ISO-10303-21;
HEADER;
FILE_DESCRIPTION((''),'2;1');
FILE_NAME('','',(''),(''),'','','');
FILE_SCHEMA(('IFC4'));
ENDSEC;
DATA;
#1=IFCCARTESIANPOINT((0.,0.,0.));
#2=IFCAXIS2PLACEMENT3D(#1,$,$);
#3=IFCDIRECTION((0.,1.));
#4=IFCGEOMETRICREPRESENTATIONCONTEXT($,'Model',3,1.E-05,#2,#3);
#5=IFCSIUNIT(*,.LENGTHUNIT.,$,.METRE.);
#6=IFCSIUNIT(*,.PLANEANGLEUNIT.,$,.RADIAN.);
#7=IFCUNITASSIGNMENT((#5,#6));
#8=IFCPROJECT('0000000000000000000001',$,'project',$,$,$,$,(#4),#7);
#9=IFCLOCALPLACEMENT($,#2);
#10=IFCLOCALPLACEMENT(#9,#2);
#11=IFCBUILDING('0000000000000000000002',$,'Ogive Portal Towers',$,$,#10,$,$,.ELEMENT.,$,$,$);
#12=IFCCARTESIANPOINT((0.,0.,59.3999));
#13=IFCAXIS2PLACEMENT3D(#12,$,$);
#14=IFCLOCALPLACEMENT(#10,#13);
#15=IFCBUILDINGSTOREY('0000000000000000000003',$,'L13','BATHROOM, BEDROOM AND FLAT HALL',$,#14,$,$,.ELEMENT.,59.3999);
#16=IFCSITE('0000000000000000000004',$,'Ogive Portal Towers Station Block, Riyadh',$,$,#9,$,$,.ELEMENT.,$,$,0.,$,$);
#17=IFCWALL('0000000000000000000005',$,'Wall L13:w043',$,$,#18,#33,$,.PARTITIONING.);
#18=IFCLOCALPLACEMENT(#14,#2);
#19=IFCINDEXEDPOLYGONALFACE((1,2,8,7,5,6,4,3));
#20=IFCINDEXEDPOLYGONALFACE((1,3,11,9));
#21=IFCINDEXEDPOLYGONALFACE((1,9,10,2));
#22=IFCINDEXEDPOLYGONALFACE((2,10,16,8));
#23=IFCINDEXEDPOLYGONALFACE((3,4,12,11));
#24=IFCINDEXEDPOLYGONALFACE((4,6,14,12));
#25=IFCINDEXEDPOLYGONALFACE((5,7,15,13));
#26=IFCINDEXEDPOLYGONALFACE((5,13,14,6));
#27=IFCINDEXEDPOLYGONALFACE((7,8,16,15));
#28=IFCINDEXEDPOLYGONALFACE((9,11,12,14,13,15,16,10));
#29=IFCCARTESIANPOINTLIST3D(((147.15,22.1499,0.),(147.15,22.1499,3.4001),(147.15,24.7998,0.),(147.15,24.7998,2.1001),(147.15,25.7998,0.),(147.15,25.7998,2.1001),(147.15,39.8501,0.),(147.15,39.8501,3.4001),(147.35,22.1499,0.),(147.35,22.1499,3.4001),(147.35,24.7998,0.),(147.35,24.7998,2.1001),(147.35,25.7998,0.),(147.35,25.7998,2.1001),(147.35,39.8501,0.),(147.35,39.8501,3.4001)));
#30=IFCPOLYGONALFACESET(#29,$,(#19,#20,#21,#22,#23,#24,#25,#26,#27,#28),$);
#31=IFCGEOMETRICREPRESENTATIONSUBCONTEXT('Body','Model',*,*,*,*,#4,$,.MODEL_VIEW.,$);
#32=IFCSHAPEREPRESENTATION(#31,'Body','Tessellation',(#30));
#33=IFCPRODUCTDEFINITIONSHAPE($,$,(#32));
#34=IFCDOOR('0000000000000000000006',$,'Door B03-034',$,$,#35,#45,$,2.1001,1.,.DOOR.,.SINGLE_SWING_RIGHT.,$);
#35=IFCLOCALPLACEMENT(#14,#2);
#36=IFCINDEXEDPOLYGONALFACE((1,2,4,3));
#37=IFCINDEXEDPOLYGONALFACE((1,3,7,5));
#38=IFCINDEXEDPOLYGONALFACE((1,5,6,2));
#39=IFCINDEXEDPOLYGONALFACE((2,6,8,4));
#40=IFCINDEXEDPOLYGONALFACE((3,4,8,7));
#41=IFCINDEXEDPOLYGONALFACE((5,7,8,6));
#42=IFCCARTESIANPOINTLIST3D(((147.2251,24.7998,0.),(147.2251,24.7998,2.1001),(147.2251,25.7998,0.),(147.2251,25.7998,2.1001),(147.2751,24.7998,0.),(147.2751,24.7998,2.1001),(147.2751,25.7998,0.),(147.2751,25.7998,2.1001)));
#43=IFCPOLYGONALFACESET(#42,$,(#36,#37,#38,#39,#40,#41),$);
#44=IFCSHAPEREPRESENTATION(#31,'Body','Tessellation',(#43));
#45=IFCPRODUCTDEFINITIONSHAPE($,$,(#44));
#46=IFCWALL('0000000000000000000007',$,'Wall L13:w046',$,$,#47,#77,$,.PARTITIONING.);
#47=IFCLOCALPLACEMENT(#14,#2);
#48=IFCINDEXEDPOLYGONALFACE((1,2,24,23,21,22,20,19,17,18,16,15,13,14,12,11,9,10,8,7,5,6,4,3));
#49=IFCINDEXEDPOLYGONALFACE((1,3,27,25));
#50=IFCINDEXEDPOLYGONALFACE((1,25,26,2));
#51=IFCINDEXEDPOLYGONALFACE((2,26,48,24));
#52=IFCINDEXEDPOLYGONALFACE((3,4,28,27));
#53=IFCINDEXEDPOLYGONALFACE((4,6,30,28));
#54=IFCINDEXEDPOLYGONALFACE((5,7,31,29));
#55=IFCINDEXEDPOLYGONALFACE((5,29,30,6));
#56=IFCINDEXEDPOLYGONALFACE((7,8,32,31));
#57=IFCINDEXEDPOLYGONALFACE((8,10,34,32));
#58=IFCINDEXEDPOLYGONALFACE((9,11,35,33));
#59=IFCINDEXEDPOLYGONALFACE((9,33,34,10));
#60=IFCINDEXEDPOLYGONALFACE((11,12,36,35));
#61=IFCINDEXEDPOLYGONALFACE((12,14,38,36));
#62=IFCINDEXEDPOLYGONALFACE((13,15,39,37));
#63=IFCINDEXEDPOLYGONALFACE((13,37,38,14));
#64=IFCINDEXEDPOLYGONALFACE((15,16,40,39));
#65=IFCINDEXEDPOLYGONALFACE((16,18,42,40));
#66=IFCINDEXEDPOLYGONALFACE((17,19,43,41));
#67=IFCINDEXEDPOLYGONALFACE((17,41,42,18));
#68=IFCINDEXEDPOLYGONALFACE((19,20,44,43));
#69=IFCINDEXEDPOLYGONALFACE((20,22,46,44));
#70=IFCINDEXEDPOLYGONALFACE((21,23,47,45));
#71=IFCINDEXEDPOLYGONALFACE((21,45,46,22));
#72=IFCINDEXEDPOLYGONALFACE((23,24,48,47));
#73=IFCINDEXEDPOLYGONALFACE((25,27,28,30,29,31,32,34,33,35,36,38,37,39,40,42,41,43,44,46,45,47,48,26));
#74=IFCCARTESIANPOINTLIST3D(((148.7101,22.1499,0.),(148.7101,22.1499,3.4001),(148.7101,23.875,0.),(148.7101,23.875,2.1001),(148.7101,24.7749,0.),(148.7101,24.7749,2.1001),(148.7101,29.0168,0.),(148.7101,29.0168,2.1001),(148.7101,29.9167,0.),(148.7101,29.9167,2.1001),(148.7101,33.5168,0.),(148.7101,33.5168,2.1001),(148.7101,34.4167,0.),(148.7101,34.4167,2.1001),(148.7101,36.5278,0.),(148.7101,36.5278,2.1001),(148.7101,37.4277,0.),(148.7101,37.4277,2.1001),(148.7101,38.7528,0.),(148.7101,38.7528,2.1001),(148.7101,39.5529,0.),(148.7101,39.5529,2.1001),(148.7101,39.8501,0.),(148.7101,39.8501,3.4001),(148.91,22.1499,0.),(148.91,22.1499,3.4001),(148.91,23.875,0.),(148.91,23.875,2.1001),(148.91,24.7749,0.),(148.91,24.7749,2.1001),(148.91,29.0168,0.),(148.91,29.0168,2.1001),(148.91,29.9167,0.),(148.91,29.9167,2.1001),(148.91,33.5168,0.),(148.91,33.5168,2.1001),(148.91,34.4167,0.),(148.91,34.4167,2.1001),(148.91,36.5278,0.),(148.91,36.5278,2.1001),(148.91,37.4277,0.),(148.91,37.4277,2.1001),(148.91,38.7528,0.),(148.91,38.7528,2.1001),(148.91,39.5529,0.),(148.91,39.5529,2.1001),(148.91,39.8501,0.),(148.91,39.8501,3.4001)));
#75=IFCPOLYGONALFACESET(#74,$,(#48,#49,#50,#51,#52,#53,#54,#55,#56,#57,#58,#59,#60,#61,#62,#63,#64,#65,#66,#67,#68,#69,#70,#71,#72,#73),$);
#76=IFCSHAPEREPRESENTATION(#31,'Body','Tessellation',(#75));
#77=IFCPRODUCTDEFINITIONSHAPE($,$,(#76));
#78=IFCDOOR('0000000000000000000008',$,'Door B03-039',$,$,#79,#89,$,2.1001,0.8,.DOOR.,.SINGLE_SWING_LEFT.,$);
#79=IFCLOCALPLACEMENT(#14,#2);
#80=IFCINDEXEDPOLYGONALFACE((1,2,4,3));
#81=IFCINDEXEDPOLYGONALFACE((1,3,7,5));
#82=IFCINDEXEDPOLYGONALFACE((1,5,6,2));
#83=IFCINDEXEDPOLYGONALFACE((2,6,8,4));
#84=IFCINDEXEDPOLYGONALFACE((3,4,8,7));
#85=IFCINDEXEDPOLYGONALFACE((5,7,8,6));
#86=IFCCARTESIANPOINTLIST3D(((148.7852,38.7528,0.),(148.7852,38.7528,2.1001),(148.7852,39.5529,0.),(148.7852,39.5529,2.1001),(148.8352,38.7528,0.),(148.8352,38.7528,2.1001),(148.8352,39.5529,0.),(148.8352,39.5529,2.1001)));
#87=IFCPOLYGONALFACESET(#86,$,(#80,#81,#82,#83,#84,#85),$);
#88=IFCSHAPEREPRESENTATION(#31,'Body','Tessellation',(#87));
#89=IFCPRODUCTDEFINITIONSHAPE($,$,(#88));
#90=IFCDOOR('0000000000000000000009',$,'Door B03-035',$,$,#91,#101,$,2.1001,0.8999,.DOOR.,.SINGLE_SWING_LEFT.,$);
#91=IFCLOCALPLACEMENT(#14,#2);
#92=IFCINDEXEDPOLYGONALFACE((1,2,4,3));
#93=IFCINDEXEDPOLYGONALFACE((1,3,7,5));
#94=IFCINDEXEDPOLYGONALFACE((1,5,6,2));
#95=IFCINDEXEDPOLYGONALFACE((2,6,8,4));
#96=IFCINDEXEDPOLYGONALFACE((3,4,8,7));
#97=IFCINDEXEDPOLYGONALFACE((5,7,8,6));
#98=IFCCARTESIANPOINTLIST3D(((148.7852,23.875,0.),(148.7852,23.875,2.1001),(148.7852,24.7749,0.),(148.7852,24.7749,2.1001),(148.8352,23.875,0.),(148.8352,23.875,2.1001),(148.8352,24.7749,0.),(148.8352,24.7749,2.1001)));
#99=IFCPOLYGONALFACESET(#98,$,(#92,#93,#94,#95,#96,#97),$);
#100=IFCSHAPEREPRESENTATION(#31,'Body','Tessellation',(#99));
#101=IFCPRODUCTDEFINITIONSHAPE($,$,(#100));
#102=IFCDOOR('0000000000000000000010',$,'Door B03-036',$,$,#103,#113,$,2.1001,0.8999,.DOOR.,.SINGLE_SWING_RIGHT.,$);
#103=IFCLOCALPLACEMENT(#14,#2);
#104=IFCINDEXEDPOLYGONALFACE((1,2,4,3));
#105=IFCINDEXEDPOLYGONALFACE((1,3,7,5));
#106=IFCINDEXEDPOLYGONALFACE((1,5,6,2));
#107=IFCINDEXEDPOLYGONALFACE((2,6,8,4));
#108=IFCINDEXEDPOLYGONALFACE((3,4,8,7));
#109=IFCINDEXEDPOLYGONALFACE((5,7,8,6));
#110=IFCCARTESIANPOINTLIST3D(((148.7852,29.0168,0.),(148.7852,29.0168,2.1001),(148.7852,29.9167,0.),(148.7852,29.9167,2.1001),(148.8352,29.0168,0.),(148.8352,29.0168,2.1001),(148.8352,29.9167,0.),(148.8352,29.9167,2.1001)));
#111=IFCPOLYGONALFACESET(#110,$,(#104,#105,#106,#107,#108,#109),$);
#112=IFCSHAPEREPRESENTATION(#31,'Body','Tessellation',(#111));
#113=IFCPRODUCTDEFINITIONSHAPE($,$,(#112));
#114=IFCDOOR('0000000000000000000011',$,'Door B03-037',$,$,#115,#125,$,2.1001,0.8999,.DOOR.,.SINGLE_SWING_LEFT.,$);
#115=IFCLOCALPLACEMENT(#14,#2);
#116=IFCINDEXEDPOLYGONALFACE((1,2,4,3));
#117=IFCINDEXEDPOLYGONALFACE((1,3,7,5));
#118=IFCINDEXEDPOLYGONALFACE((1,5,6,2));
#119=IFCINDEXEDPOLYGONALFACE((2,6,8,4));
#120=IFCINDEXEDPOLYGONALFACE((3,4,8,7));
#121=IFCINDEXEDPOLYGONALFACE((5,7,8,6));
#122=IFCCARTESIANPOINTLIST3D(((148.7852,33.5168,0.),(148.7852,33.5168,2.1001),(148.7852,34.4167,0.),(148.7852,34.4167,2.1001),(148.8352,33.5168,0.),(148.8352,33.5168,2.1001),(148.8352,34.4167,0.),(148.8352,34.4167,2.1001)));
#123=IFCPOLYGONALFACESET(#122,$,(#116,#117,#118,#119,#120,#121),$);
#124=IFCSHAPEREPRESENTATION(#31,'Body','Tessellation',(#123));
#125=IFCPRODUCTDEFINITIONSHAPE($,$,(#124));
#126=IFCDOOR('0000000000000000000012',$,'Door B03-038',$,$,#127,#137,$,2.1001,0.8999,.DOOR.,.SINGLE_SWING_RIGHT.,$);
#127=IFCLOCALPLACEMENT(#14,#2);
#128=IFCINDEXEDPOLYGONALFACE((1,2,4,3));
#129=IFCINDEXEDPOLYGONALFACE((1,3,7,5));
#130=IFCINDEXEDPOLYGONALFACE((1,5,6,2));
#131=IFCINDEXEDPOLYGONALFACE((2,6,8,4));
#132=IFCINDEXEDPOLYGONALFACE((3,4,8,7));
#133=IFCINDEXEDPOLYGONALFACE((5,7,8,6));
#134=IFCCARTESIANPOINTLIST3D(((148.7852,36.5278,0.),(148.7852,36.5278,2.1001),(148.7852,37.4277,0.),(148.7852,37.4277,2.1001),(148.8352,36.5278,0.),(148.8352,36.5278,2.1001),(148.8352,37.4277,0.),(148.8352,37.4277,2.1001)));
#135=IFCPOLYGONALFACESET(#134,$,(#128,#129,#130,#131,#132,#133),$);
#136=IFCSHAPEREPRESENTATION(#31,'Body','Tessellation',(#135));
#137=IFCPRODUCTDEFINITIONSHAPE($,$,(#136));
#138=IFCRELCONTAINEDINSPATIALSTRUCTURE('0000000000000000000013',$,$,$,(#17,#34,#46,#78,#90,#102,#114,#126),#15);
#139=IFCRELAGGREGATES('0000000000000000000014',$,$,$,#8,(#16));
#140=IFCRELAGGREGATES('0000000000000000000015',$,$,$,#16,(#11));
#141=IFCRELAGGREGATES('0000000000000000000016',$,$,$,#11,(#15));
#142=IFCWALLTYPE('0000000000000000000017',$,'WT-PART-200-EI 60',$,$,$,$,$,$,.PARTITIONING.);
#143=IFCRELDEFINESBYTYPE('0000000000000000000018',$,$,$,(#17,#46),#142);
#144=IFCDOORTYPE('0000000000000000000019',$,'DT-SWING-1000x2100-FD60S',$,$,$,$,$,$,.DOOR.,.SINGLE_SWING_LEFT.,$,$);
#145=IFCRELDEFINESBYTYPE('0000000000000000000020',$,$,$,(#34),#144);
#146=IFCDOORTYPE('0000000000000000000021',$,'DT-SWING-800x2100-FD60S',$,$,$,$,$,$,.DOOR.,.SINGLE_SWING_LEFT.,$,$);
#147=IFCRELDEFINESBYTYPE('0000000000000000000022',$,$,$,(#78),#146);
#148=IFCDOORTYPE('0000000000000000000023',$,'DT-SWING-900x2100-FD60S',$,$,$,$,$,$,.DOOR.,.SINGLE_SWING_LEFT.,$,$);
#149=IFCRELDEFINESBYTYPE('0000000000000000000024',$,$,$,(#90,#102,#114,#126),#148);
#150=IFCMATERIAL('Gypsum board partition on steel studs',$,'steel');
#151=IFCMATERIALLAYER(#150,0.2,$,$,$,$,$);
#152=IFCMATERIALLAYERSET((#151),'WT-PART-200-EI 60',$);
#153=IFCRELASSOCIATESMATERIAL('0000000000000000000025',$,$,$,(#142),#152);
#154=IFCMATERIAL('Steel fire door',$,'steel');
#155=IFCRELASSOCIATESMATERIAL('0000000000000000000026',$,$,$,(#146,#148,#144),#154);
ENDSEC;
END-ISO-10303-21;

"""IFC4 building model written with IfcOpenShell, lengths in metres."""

from ifc_helpers import new_model, si_unit, direction, frame, frame_2d, origin, place, context, subcontext, project, spatial, rectangle, extrude, material, layer, layer_set, type_object, element, fill, save


model = new_model("IFC4")

# Units and contexts
model_context = context("Model", 3, precision=1e-05, world=origin(), true_north=direction((0.0, 1.0)))
body_context = subcontext(model_context, "Body", "Model", "MODEL_VIEW")
ifc_project = project(units=[si_unit("LENGTHUNIT", "METRE"), si_unit("PLANEANGLEUNIT", "RADIAN")], contexts=[model_context])

# Site, building, storey
site_placement = place(None, origin())
site = spatial("IfcSite", under=ifc_project, at=site_placement, Name="Ogive Portal Towers Station Block, Riyadh", CompositionType="ELEMENT", RefElevation=0.0)
building_placement = place(site_placement, origin())
building = spatial("IfcBuilding", under=site, at=building_placement, Name="Ogive Portal Towers", CompositionType="ELEMENT")
storey_placement = place(building_placement, frame((0.0, 0.0, 59.3999)))
storey = spatial("IfcBuildingStorey", under=building, at=storey_placement, Name="L13", Description="BATHROOM, BEDROOM AND FLAT HALL", CompositionType="ELEMENT", Elevation=59.3999)

# Shared definitions
ifc_material_1 = material(Name="Gypsum board partition on steel studs", Category="steel")
ifc_layer_1 = layer(ifc_material_1, 0.2)
ifc_layer_set_1 = layer_set([ifc_layer_1], Name="WT-PART-200-EI 60")
wall_type_1 = type_object("IfcWallType", Name="WT-PART-200-EI 60", PredefinedType="PARTITIONING", material=ifc_layer_set_1)
ifc_material_2 = material(Name="Steel fire door", Category="steel")
door_type_1 = type_object("IfcDoorType", Name="DT-SWING-800x2100-FD60S", OperationType="SINGLE_SWING_LEFT", PredefinedType="DOOR", material=ifc_material_2)
door_type_2 = type_object("IfcDoorType", Name="DT-SWING-900x2100-FD60S", OperationType="SINGLE_SWING_LEFT", PredefinedType="DOOR", material=ifc_material_2)

# Wall, opening, door
wall_1_placement = place(storey_placement, frame((147.25, 22.1499, 0.0), z_axis=(0.0, 0.0, 1.0), x_axis=(0.0, 1.0, 0.0)))
wall_1 = element("IfcWall", 1, at=wall_1_placement, inside=storey, type_object=wall_type_1, Name="Wall L13:w043", PredefinedType="PARTITIONING", context=body_context, shape_type="SweptSolid", body=[
    extrude(rectangle(XDim=17.7002, YDim=0.2, at=frame_2d((8.8501, 0.0))), origin(), (0.0, 0.0, 1.0), 3.4001),
])
opening_1_placement = place(wall_1_placement, frame((2.6499, 0.0, 0.0)))
opening_1 = element("IfcOpeningElement", 2, at=opening_1_placement, cuts=wall_1, PredefinedType="OPENING", context=body_context, shape_type="SweptSolid", body=[
    extrude(rectangle(XDim=1.0, YDim=2.1001, at=frame_2d((0.5, 1.05))), frame((0.0, 0.1099, 0.0), z_axis=(0.0, -1.0, 0.0), x_axis=(1.0, 0.0, 0.0)), (0.0, 0.0, 1.0), 0.22),
])
door_type_3 = type_object("IfcDoorType", Name="DT-SWING-1000x2100-FD60S", OperationType="SINGLE_SWING_LEFT", PredefinedType="DOOR", material=ifc_material_2)
door_1_placement = place(opening_1_placement, origin())
door_1 = element("IfcDoor", 3, at=door_1_placement, inside=storey, type_object=door_type_3, Name="Door B03-034", OperationType="SINGLE_SWING_RIGHT", OverallHeight=2.1001, OverallWidth=1.0, PredefinedType="DOOR", context=body_context, shape_type="SweptSolid", body=[
    extrude(rectangle(XDim=1.0, YDim=2.1001, at=frame_2d((0.5, 1.05))), frame((0.0, 0.0249, 0.0), z_axis=(0.0, -1.0, 0.0), x_axis=(1.0, 0.0, 0.0)), (0.0, 0.0, 1.0), 0.05),
])
fill(opening_1, door_1)

# Wall, openings, doors
wall_2_placement = place(storey_placement, frame((148.8101, 22.1499, 0.0), z_axis=(0.0, 0.0, 1.0), x_axis=(0.0, 1.0, 0.0)))
wall_2 = element("IfcWall", 4, at=wall_2_placement, inside=storey, type_object=wall_type_1, Name="Wall L13:w046", PredefinedType="PARTITIONING", context=body_context, shape_type="SweptSolid", body=[
    extrude(rectangle(XDim=17.7002, YDim=0.2, at=frame_2d((8.8501, 0.0))), origin(), (0.0, 0.0, 1.0), 3.4001),
])
opening_2_placement = place(wall_2_placement, frame((1.7251, 0.0, 0.0)))
opening_2 = element("IfcOpeningElement", 5, at=opening_2_placement, cuts=wall_2, PredefinedType="OPENING", context=body_context, shape_type="SweptSolid", body=[
    extrude(rectangle(XDim=0.8999, YDim=2.1001, at=frame_2d((0.45, 1.05))), frame((0.0, 0.1099, 0.0), z_axis=(0.0, -1.0, 0.0), x_axis=(1.0, 0.0, 0.0)), (0.0, 0.0, 1.0), 0.22),
])
opening_3_placement = place(wall_2_placement, frame((6.8669, 0.0, 0.0)))
opening_3 = element("IfcOpeningElement", 6, at=opening_3_placement, cuts=wall_2, PredefinedType="OPENING", context=body_context, shape_type="SweptSolid", body=[
    extrude(rectangle(XDim=0.8999, YDim=2.1001, at=frame_2d((0.45, 1.05))), frame((0.0, 0.1099, 0.0), z_axis=(0.0, -1.0, 0.0), x_axis=(1.0, 0.0, 0.0)), (0.0, 0.0, 1.0), 0.22),
])
opening_4_placement = place(wall_2_placement, frame((11.3669, 0.0, 0.0)))
opening_4 = element("IfcOpeningElement", 7, at=opening_4_placement, cuts=wall_2, PredefinedType="OPENING", context=body_context, shape_type="SweptSolid", body=[
    extrude(rectangle(XDim=0.8999, YDim=2.1001, at=frame_2d((0.45, 1.05))), frame((0.0, 0.1099, 0.0), z_axis=(0.0, -1.0, 0.0), x_axis=(1.0, 0.0, 0.0)), (0.0, 0.0, 1.0), 0.22),
])
opening_5_placement = place(wall_2_placement, frame((14.3779, 0.0, 0.0)))
opening_5 = element("IfcOpeningElement", 8, at=opening_5_placement, cuts=wall_2, PredefinedType="OPENING", context=body_context, shape_type="SweptSolid", body=[
    extrude(rectangle(XDim=0.8999, YDim=2.1001, at=frame_2d((0.45, 1.05))), frame((0.0, 0.1099, 0.0), z_axis=(0.0, -1.0, 0.0), x_axis=(1.0, 0.0, 0.0)), (0.0, 0.0, 1.0), 0.22),
])
opening_6_placement = place(wall_2_placement, frame((16.603, 0.0, 0.0)))
opening_6 = element("IfcOpeningElement", 9, at=opening_6_placement, cuts=wall_2, PredefinedType="OPENING", context=body_context, shape_type="SweptSolid", body=[
    extrude(rectangle(XDim=0.8, YDim=2.1001, at=frame_2d((0.3999, 1.05))), frame((0.0, 0.1099, 0.0), z_axis=(0.0, -1.0, 0.0), x_axis=(1.0, 0.0, 0.0)), (0.0, 0.0, 1.0), 0.22),
])
door_2_placement = place(opening_6_placement, origin())
door_2 = element("IfcDoor", 10, at=door_2_placement, inside=storey, type_object=door_type_1, Name="Door B03-039", OperationType="SINGLE_SWING_LEFT", OverallHeight=2.1001, OverallWidth=0.8, PredefinedType="DOOR", context=body_context, shape_type="SweptSolid", body=[
    extrude(rectangle(XDim=0.8, YDim=2.1001, at=frame_2d((0.3999, 1.05))), frame((0.0, 0.0249, 0.0), z_axis=(0.0, -1.0, 0.0), x_axis=(1.0, 0.0, 0.0)), (0.0, 0.0, 1.0), 0.05),
])
fill(opening_6, door_2)
door_3_placement = place(opening_2_placement, origin())
door_3 = element("IfcDoor", 11, at=door_3_placement, inside=storey, type_object=door_type_2, Name="Door B03-035", OperationType="SINGLE_SWING_LEFT", OverallHeight=2.1001, OverallWidth=0.8999, PredefinedType="DOOR", context=body_context, shape_type="SweptSolid", body=[
    extrude(rectangle(XDim=0.8999, YDim=2.1001, at=frame_2d((0.45, 1.05))), frame((0.0, 0.0249, 0.0), z_axis=(0.0, -1.0, 0.0), x_axis=(1.0, 0.0, 0.0)), (0.0, 0.0, 1.0), 0.05),
])
fill(opening_2, door_3)
door_4_placement = place(opening_3_placement, origin())
door_4 = element("IfcDoor", 12, at=door_4_placement, inside=storey, type_object=door_type_2, Name="Door B03-036", OperationType="SINGLE_SWING_RIGHT", OverallHeight=2.1001, OverallWidth=0.8999, PredefinedType="DOOR", context=body_context, shape_type="SweptSolid", body=[
    extrude(rectangle(XDim=0.8999, YDim=2.1001, at=frame_2d((0.45, 1.05))), frame((0.0, 0.0249, 0.0), z_axis=(0.0, -1.0, 0.0), x_axis=(1.0, 0.0, 0.0)), (0.0, 0.0, 1.0), 0.05),
])
fill(opening_3, door_4)
door_5_placement = place(opening_4_placement, origin())
door_5 = element("IfcDoor", 13, at=door_5_placement, inside=storey, type_object=door_type_2, Name="Door B03-037", OperationType="SINGLE_SWING_LEFT", OverallHeight=2.1001, OverallWidth=0.8999, PredefinedType="DOOR", context=body_context, shape_type="SweptSolid", body=[
    extrude(rectangle(XDim=0.8999, YDim=2.1001, at=frame_2d((0.45, 1.05))), frame((0.0, 0.0249, 0.0), z_axis=(0.0, -1.0, 0.0), x_axis=(1.0, 0.0, 0.0)), (0.0, 0.0, 1.0), 0.05),
])
fill(opening_4, door_5)
door_6_placement = place(opening_5_placement, origin())
door_6 = element("IfcDoor", 14, at=door_6_placement, inside=storey, type_object=door_type_2, Name="Door B03-038", OperationType="SINGLE_SWING_RIGHT", OverallHeight=2.1001, OverallWidth=0.8999, PredefinedType="DOOR", context=body_context, shape_type="SweptSolid", body=[
    extrude(rectangle(XDim=0.8999, YDim=2.1001, at=frame_2d((0.45, 1.05))), frame((0.0, 0.0249, 0.0), z_axis=(0.0, -1.0, 0.0), x_axis=(1.0, 0.0, 0.0)), (0.0, 0.0, 1.0), 0.05),
])
fill(opening_5, door_6)

save(model, "model.ifc")
